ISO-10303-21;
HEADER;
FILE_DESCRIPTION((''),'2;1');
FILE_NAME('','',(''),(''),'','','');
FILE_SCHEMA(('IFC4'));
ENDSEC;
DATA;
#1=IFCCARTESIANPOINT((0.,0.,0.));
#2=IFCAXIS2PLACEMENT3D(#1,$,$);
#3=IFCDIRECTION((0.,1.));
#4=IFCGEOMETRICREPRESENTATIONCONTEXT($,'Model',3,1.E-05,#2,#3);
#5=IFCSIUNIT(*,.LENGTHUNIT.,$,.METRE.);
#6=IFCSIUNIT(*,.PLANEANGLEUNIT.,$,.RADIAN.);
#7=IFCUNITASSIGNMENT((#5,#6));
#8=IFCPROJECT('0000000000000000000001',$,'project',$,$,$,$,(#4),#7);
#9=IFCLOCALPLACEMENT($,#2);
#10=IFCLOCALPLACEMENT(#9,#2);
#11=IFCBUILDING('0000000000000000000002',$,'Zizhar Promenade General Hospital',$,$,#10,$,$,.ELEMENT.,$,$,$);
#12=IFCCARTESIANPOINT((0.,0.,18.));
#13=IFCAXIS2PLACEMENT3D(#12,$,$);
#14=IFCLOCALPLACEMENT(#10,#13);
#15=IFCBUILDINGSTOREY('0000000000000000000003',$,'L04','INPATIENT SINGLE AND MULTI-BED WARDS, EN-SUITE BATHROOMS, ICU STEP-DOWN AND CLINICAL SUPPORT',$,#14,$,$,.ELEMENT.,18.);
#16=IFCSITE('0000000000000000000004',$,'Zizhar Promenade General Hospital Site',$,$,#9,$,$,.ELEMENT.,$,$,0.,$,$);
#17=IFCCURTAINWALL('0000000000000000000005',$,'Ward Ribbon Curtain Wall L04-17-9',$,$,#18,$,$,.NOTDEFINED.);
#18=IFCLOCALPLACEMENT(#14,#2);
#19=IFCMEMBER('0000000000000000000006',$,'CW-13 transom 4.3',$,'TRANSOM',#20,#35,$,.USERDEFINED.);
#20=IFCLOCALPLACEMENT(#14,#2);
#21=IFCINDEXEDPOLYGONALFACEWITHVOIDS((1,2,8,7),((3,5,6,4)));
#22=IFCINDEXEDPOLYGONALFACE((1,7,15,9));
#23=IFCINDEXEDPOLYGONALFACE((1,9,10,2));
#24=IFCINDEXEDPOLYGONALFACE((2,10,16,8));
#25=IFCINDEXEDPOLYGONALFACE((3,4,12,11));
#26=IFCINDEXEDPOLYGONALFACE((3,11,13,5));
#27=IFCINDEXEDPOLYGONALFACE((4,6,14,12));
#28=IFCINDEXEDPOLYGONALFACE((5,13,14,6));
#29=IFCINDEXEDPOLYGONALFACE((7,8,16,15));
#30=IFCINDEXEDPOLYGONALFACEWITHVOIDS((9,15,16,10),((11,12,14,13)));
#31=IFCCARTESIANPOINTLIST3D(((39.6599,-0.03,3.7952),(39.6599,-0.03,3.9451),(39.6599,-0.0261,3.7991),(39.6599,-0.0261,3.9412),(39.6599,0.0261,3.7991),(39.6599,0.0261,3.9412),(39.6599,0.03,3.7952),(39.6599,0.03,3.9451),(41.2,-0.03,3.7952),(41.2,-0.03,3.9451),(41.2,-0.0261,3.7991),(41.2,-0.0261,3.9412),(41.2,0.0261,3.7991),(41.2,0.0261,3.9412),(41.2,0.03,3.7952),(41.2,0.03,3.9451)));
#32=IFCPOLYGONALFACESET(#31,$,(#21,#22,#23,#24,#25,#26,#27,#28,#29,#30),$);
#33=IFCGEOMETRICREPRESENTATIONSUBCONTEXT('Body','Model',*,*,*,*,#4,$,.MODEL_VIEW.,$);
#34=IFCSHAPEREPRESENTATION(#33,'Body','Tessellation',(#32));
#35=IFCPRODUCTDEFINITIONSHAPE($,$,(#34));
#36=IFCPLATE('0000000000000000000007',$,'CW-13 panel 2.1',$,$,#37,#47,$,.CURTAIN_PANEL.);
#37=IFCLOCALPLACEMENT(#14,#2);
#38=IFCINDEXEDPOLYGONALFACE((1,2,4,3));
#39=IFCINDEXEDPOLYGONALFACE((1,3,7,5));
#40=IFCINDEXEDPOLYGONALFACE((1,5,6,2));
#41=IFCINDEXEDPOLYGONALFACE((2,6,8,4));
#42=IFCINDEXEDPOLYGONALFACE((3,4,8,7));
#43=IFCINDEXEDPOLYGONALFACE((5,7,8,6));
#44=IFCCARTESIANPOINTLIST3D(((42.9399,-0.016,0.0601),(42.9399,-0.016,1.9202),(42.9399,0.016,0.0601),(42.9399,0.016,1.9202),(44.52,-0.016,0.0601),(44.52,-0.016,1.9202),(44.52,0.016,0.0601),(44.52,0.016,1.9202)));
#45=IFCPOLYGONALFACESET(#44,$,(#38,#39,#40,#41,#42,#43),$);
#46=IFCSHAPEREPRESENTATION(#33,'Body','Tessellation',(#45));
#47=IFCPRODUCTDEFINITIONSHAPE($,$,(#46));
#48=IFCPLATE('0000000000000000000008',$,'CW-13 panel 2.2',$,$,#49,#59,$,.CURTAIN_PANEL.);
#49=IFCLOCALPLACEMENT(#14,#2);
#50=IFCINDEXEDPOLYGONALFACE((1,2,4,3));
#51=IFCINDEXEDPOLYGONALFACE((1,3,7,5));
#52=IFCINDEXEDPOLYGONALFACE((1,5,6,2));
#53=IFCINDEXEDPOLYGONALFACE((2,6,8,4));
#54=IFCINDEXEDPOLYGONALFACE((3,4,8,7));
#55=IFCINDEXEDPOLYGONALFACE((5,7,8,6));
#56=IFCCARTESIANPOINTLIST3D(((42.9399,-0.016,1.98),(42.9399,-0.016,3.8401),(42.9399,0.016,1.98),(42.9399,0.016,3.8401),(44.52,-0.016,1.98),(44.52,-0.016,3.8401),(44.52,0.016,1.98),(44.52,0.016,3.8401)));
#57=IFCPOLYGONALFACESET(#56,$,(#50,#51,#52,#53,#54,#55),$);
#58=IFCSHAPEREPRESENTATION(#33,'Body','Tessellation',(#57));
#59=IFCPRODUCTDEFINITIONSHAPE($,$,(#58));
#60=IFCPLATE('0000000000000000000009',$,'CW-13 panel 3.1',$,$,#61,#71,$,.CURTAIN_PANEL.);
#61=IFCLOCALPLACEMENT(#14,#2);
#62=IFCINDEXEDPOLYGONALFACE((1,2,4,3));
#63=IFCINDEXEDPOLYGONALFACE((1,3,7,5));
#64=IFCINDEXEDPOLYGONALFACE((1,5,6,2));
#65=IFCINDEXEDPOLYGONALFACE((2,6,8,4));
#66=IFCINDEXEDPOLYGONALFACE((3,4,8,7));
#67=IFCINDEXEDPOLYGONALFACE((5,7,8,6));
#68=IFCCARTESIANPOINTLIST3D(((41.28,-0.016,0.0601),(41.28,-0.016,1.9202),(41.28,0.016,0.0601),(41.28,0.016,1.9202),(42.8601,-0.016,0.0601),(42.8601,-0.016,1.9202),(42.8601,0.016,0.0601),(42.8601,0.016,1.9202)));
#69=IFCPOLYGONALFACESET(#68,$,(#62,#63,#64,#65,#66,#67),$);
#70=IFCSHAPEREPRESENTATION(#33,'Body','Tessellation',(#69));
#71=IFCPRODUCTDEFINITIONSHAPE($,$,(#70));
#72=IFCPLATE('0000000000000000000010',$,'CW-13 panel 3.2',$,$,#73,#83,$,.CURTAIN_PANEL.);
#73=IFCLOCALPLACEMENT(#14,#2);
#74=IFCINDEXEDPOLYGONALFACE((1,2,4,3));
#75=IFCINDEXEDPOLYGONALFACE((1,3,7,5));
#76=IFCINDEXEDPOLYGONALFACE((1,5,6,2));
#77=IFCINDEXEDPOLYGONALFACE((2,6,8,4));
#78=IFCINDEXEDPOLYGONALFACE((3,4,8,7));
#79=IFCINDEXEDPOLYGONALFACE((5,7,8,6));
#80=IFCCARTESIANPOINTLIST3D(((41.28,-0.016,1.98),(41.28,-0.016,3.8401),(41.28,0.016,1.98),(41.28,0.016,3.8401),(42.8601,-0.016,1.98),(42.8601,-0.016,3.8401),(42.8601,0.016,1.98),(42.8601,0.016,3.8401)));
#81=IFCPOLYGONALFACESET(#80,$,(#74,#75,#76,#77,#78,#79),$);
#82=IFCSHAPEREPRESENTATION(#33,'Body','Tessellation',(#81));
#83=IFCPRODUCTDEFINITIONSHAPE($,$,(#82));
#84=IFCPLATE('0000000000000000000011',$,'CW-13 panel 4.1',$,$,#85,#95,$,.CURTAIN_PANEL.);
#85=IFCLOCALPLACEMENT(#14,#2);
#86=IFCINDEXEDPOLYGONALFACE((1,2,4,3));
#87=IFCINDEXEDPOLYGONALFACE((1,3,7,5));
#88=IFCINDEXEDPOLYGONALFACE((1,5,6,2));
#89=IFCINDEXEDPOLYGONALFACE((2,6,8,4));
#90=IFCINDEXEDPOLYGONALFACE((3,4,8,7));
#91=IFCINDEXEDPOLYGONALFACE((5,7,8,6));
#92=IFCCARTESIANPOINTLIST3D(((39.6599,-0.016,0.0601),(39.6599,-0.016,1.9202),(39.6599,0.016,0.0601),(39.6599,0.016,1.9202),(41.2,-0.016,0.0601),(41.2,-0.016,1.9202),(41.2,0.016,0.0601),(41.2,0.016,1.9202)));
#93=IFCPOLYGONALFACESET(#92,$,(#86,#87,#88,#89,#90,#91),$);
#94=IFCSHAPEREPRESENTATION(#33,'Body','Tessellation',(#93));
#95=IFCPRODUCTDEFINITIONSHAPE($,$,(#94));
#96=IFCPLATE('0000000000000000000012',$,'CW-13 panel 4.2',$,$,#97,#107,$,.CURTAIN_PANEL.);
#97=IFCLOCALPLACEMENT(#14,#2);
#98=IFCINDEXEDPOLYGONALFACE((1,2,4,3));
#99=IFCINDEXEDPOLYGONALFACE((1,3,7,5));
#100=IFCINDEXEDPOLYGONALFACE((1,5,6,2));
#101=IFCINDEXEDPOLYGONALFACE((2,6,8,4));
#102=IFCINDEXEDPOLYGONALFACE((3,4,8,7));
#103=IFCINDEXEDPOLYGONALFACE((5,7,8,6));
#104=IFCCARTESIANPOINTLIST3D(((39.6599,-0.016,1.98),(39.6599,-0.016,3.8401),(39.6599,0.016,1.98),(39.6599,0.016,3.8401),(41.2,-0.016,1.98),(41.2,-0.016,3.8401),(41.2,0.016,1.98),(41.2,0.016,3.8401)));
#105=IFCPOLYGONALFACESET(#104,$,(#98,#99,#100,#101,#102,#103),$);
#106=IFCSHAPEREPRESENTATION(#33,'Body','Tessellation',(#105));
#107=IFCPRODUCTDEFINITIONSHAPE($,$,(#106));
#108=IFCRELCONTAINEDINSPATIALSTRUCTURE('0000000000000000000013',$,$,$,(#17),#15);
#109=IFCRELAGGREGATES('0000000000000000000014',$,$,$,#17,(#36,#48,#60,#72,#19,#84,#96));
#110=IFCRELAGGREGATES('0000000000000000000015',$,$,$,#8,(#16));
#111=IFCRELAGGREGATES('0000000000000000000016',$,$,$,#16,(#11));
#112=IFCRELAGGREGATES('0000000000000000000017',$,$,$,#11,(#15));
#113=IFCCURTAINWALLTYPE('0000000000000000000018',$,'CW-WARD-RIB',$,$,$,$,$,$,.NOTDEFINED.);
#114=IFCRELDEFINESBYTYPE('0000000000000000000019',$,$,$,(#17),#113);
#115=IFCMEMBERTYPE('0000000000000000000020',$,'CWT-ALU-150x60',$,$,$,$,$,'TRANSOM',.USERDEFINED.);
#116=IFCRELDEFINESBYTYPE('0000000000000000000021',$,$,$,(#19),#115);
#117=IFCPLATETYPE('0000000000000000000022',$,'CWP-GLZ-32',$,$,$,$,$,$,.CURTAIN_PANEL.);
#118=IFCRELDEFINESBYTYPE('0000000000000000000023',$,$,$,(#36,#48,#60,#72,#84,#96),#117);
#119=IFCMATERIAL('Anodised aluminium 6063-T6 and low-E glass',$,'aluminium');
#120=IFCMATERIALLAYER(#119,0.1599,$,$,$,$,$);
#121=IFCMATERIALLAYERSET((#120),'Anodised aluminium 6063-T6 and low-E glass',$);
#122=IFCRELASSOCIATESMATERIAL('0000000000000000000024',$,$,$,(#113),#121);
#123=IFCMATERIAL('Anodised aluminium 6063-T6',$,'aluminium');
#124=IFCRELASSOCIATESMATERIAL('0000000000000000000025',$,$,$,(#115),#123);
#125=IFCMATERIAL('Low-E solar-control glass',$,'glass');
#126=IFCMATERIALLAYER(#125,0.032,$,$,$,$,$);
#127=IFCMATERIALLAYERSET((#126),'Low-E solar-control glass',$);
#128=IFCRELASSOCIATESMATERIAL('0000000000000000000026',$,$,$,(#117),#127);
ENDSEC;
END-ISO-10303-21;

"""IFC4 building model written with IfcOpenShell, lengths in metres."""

from ifc_helpers import new_model, si_unit, direction, frame, origin, origin_2d, place, context, subcontext, project, spatial, rectangle, hollow_rectangle, extrude, material, layer, layer_set, material_profile, profile_set, type_object, element, aggregate, save


model = new_model("IFC4")

# Units and contexts
model_context = context("Model", 3, precision=1e-05, world=origin(), true_north=direction((0.0, 1.0)))
body_context = subcontext(model_context, "Body", "Model", "MODEL_VIEW")
ifc_project = project(units=[si_unit("LENGTHUNIT", "METRE"), si_unit("PLANEANGLEUNIT", "RADIAN")], contexts=[model_context])

# Site, building, storey
site_placement = place(None, origin())
site = spatial("IfcSite", under=ifc_project, at=site_placement, Name="Zizhar Promenade General Hospital Site", CompositionType="ELEMENT", RefElevation=0.0)
building_placement = place(site_placement, origin())
building = spatial("IfcBuilding", under=site, at=building_placement, Name="Zizhar Promenade General Hospital", CompositionType="ELEMENT")
storey_placement = place(building_placement, frame((0.0, 0.0, 18.0)))
storey = spatial("IfcBuildingStorey", under=building, at=storey_placement, Name="L04", Description="INPATIENT SINGLE AND MULTI-BED WARDS, EN-SUITE BATHROOMS, ICU STEP-DOWN AND CLINICAL SUPPORT", CompositionType="ELEMENT", Elevation=18.0)

# Curtain wall, member, plates
ifc_material_1 = material(Name="Anodised aluminium 6063-T6 and low-E glass", Category="aluminium")
ifc_layer_1 = layer(ifc_material_1, 0.1599)
ifc_layer_set_1 = layer_set([ifc_layer_1], Name="Anodised aluminium 6063-T6 and low-E glass")
curtain_wall_type = type_object("IfcCurtainWallType", Name="CW-WARD-RIB", PredefinedType="NOTDEFINED", material=ifc_layer_set_1)
curtain_wall_placement = place(storey_placement, origin())
curtain_wall = element("IfcCurtainWall", 1, at=curtain_wall_placement, inside=storey, type_object=curtain_wall_type, Name="Ward Ribbon Curtain Wall L04-17-9", PredefinedType="NOTDEFINED")
ifc_material_2 = material(Name="Anodised aluminium 6063-T6", Category="aluminium")
ifc_material_profile_1 = material_profile(ifc_material_2, hollow_rectangle(XDim=0.0601, YDim=0.1499, WallThickness=0.0039, at=origin_2d()))
ifc_profile_set_1 = profile_set([ifc_material_profile_1], Name="Anodised aluminium 6063-T6")
member_type_1 = type_object("IfcMemberType", Name="CWT-ALU-150x60", ElementType="TRANSOM", PredefinedType="USERDEFINED", material=ifc_profile_set_1)
member_1_placement = place(storey_placement, frame((41.2, 0.0, 3.8701), z_axis=(-1.0, 0.0, 0.0), x_axis=(0.0, -1.0, 0.0)))
member_1 = element("IfcMember", 2, at=member_1_placement, type_object=member_type_1, Name="CW-13 transom 4.3", ObjectType="TRANSOM", PredefinedType="USERDEFINED", context=body_context, shape_type="SweptSolid", body=[
    extrude(hollow_rectangle(XDim=0.0601, YDim=0.1499, WallThickness=0.0039, at=origin_2d()), origin(), (0.0, 0.0, 1.0), 1.54),
])
ifc_material_3 = material(Name="Low-E solar-control glass", Category="glass")
ifc_layer_2 = layer(ifc_material_3, 0.032)
ifc_layer_set_2 = layer_set([ifc_layer_2], Name="Low-E solar-control glass")
plate_type = type_object("IfcPlateType", Name="CWP-GLZ-32", PredefinedType="CURTAIN_PANEL", material=ifc_layer_set_2)
plate_1_placement = place(storey_placement, frame((43.73, 0.0, 0.0601), z_axis=(0.0, 0.0, 1.0), x_axis=(-1.0, 0.0, 0.0)))
plate_1 = element("IfcPlate", 3, at=plate_1_placement, type_object=plate_type, Name="CW-13 panel 2.1", PredefinedType="CURTAIN_PANEL", context=body_context, shape_type="SweptSolid", body=[
    extrude(rectangle(XDim=1.5801, YDim=0.032, at=origin_2d()), origin(), (0.0, 0.0, 1.0), 1.8601),
])
plate_2_placement = place(storey_placement, frame((43.73, 0.0, 1.98), z_axis=(0.0, 0.0, 1.0), x_axis=(-1.0, 0.0, 0.0)))
plate_2 = element("IfcPlate", 4, at=plate_2_placement, type_object=plate_type, Name="CW-13 panel 2.2", PredefinedType="CURTAIN_PANEL", context=body_context, shape_type="SweptSolid", body=[
    extrude(rectangle(XDim=1.5801, YDim=0.032, at=origin_2d()), origin(), (0.0, 0.0, 1.0), 1.8601),
])
plate_3_placement = place(storey_placement, frame((42.0701, 0.0, 0.0601), z_axis=(0.0, 0.0, 1.0), x_axis=(-1.0, 0.0, 0.0)))
plate_3 = element("IfcPlate", 5, at=plate_3_placement, type_object=plate_type, Name="CW-13 panel 3.1", PredefinedType="CURTAIN_PANEL", context=body_context, shape_type="SweptSolid", body=[
    extrude(rectangle(XDim=1.5801, YDim=0.032, at=origin_2d()), origin(), (0.0, 0.0, 1.0), 1.8601),
])
plate_4_placement = place(storey_placement, frame((42.0701, 0.0, 1.98), z_axis=(0.0, 0.0, 1.0), x_axis=(-1.0, 0.0, 0.0)))
plate_4 = element("IfcPlate", 6, at=plate_4_placement, type_object=plate_type, Name="CW-13 panel 3.2", PredefinedType="CURTAIN_PANEL", context=body_context, shape_type="SweptSolid", body=[
    extrude(rectangle(XDim=1.5801, YDim=0.032, at=origin_2d()), origin(), (0.0, 0.0, 1.0), 1.8601),
])
plate_5_placement = place(storey_placement, frame((40.4299, 0.0, 0.0601), z_axis=(0.0, 0.0, 1.0), x_axis=(-1.0, 0.0, 0.0)))
plate_5 = element("IfcPlate", 7, at=plate_5_placement, type_object=plate_type, Name="CW-13 panel 4.1", PredefinedType="CURTAIN_PANEL", context=body_context, shape_type="SweptSolid", body=[
    extrude(rectangle(XDim=1.54, YDim=0.032, at=origin_2d()), origin(), (0.0, 0.0, 1.0), 1.8601),
])
plate_6_placement = place(storey_placement, frame((40.4299, 0.0, 1.98), z_axis=(0.0, 0.0, 1.0), x_axis=(-1.0, 0.0, 0.0)))
plate_6 = element("IfcPlate", 8, at=plate_6_placement, type_object=plate_type, Name="CW-13 panel 4.2", PredefinedType="CURTAIN_PANEL", context=body_context, shape_type="SweptSolid", body=[
    extrude(rectangle(XDim=1.54, YDim=0.032, at=origin_2d()), origin(), (0.0, 0.0, 1.0), 1.8601),
])
aggregate(curtain_wall, [plate_1, plate_2, plate_3, plate_4, member_1, plate_5, plate_6])

save(model, "model.ifc")
